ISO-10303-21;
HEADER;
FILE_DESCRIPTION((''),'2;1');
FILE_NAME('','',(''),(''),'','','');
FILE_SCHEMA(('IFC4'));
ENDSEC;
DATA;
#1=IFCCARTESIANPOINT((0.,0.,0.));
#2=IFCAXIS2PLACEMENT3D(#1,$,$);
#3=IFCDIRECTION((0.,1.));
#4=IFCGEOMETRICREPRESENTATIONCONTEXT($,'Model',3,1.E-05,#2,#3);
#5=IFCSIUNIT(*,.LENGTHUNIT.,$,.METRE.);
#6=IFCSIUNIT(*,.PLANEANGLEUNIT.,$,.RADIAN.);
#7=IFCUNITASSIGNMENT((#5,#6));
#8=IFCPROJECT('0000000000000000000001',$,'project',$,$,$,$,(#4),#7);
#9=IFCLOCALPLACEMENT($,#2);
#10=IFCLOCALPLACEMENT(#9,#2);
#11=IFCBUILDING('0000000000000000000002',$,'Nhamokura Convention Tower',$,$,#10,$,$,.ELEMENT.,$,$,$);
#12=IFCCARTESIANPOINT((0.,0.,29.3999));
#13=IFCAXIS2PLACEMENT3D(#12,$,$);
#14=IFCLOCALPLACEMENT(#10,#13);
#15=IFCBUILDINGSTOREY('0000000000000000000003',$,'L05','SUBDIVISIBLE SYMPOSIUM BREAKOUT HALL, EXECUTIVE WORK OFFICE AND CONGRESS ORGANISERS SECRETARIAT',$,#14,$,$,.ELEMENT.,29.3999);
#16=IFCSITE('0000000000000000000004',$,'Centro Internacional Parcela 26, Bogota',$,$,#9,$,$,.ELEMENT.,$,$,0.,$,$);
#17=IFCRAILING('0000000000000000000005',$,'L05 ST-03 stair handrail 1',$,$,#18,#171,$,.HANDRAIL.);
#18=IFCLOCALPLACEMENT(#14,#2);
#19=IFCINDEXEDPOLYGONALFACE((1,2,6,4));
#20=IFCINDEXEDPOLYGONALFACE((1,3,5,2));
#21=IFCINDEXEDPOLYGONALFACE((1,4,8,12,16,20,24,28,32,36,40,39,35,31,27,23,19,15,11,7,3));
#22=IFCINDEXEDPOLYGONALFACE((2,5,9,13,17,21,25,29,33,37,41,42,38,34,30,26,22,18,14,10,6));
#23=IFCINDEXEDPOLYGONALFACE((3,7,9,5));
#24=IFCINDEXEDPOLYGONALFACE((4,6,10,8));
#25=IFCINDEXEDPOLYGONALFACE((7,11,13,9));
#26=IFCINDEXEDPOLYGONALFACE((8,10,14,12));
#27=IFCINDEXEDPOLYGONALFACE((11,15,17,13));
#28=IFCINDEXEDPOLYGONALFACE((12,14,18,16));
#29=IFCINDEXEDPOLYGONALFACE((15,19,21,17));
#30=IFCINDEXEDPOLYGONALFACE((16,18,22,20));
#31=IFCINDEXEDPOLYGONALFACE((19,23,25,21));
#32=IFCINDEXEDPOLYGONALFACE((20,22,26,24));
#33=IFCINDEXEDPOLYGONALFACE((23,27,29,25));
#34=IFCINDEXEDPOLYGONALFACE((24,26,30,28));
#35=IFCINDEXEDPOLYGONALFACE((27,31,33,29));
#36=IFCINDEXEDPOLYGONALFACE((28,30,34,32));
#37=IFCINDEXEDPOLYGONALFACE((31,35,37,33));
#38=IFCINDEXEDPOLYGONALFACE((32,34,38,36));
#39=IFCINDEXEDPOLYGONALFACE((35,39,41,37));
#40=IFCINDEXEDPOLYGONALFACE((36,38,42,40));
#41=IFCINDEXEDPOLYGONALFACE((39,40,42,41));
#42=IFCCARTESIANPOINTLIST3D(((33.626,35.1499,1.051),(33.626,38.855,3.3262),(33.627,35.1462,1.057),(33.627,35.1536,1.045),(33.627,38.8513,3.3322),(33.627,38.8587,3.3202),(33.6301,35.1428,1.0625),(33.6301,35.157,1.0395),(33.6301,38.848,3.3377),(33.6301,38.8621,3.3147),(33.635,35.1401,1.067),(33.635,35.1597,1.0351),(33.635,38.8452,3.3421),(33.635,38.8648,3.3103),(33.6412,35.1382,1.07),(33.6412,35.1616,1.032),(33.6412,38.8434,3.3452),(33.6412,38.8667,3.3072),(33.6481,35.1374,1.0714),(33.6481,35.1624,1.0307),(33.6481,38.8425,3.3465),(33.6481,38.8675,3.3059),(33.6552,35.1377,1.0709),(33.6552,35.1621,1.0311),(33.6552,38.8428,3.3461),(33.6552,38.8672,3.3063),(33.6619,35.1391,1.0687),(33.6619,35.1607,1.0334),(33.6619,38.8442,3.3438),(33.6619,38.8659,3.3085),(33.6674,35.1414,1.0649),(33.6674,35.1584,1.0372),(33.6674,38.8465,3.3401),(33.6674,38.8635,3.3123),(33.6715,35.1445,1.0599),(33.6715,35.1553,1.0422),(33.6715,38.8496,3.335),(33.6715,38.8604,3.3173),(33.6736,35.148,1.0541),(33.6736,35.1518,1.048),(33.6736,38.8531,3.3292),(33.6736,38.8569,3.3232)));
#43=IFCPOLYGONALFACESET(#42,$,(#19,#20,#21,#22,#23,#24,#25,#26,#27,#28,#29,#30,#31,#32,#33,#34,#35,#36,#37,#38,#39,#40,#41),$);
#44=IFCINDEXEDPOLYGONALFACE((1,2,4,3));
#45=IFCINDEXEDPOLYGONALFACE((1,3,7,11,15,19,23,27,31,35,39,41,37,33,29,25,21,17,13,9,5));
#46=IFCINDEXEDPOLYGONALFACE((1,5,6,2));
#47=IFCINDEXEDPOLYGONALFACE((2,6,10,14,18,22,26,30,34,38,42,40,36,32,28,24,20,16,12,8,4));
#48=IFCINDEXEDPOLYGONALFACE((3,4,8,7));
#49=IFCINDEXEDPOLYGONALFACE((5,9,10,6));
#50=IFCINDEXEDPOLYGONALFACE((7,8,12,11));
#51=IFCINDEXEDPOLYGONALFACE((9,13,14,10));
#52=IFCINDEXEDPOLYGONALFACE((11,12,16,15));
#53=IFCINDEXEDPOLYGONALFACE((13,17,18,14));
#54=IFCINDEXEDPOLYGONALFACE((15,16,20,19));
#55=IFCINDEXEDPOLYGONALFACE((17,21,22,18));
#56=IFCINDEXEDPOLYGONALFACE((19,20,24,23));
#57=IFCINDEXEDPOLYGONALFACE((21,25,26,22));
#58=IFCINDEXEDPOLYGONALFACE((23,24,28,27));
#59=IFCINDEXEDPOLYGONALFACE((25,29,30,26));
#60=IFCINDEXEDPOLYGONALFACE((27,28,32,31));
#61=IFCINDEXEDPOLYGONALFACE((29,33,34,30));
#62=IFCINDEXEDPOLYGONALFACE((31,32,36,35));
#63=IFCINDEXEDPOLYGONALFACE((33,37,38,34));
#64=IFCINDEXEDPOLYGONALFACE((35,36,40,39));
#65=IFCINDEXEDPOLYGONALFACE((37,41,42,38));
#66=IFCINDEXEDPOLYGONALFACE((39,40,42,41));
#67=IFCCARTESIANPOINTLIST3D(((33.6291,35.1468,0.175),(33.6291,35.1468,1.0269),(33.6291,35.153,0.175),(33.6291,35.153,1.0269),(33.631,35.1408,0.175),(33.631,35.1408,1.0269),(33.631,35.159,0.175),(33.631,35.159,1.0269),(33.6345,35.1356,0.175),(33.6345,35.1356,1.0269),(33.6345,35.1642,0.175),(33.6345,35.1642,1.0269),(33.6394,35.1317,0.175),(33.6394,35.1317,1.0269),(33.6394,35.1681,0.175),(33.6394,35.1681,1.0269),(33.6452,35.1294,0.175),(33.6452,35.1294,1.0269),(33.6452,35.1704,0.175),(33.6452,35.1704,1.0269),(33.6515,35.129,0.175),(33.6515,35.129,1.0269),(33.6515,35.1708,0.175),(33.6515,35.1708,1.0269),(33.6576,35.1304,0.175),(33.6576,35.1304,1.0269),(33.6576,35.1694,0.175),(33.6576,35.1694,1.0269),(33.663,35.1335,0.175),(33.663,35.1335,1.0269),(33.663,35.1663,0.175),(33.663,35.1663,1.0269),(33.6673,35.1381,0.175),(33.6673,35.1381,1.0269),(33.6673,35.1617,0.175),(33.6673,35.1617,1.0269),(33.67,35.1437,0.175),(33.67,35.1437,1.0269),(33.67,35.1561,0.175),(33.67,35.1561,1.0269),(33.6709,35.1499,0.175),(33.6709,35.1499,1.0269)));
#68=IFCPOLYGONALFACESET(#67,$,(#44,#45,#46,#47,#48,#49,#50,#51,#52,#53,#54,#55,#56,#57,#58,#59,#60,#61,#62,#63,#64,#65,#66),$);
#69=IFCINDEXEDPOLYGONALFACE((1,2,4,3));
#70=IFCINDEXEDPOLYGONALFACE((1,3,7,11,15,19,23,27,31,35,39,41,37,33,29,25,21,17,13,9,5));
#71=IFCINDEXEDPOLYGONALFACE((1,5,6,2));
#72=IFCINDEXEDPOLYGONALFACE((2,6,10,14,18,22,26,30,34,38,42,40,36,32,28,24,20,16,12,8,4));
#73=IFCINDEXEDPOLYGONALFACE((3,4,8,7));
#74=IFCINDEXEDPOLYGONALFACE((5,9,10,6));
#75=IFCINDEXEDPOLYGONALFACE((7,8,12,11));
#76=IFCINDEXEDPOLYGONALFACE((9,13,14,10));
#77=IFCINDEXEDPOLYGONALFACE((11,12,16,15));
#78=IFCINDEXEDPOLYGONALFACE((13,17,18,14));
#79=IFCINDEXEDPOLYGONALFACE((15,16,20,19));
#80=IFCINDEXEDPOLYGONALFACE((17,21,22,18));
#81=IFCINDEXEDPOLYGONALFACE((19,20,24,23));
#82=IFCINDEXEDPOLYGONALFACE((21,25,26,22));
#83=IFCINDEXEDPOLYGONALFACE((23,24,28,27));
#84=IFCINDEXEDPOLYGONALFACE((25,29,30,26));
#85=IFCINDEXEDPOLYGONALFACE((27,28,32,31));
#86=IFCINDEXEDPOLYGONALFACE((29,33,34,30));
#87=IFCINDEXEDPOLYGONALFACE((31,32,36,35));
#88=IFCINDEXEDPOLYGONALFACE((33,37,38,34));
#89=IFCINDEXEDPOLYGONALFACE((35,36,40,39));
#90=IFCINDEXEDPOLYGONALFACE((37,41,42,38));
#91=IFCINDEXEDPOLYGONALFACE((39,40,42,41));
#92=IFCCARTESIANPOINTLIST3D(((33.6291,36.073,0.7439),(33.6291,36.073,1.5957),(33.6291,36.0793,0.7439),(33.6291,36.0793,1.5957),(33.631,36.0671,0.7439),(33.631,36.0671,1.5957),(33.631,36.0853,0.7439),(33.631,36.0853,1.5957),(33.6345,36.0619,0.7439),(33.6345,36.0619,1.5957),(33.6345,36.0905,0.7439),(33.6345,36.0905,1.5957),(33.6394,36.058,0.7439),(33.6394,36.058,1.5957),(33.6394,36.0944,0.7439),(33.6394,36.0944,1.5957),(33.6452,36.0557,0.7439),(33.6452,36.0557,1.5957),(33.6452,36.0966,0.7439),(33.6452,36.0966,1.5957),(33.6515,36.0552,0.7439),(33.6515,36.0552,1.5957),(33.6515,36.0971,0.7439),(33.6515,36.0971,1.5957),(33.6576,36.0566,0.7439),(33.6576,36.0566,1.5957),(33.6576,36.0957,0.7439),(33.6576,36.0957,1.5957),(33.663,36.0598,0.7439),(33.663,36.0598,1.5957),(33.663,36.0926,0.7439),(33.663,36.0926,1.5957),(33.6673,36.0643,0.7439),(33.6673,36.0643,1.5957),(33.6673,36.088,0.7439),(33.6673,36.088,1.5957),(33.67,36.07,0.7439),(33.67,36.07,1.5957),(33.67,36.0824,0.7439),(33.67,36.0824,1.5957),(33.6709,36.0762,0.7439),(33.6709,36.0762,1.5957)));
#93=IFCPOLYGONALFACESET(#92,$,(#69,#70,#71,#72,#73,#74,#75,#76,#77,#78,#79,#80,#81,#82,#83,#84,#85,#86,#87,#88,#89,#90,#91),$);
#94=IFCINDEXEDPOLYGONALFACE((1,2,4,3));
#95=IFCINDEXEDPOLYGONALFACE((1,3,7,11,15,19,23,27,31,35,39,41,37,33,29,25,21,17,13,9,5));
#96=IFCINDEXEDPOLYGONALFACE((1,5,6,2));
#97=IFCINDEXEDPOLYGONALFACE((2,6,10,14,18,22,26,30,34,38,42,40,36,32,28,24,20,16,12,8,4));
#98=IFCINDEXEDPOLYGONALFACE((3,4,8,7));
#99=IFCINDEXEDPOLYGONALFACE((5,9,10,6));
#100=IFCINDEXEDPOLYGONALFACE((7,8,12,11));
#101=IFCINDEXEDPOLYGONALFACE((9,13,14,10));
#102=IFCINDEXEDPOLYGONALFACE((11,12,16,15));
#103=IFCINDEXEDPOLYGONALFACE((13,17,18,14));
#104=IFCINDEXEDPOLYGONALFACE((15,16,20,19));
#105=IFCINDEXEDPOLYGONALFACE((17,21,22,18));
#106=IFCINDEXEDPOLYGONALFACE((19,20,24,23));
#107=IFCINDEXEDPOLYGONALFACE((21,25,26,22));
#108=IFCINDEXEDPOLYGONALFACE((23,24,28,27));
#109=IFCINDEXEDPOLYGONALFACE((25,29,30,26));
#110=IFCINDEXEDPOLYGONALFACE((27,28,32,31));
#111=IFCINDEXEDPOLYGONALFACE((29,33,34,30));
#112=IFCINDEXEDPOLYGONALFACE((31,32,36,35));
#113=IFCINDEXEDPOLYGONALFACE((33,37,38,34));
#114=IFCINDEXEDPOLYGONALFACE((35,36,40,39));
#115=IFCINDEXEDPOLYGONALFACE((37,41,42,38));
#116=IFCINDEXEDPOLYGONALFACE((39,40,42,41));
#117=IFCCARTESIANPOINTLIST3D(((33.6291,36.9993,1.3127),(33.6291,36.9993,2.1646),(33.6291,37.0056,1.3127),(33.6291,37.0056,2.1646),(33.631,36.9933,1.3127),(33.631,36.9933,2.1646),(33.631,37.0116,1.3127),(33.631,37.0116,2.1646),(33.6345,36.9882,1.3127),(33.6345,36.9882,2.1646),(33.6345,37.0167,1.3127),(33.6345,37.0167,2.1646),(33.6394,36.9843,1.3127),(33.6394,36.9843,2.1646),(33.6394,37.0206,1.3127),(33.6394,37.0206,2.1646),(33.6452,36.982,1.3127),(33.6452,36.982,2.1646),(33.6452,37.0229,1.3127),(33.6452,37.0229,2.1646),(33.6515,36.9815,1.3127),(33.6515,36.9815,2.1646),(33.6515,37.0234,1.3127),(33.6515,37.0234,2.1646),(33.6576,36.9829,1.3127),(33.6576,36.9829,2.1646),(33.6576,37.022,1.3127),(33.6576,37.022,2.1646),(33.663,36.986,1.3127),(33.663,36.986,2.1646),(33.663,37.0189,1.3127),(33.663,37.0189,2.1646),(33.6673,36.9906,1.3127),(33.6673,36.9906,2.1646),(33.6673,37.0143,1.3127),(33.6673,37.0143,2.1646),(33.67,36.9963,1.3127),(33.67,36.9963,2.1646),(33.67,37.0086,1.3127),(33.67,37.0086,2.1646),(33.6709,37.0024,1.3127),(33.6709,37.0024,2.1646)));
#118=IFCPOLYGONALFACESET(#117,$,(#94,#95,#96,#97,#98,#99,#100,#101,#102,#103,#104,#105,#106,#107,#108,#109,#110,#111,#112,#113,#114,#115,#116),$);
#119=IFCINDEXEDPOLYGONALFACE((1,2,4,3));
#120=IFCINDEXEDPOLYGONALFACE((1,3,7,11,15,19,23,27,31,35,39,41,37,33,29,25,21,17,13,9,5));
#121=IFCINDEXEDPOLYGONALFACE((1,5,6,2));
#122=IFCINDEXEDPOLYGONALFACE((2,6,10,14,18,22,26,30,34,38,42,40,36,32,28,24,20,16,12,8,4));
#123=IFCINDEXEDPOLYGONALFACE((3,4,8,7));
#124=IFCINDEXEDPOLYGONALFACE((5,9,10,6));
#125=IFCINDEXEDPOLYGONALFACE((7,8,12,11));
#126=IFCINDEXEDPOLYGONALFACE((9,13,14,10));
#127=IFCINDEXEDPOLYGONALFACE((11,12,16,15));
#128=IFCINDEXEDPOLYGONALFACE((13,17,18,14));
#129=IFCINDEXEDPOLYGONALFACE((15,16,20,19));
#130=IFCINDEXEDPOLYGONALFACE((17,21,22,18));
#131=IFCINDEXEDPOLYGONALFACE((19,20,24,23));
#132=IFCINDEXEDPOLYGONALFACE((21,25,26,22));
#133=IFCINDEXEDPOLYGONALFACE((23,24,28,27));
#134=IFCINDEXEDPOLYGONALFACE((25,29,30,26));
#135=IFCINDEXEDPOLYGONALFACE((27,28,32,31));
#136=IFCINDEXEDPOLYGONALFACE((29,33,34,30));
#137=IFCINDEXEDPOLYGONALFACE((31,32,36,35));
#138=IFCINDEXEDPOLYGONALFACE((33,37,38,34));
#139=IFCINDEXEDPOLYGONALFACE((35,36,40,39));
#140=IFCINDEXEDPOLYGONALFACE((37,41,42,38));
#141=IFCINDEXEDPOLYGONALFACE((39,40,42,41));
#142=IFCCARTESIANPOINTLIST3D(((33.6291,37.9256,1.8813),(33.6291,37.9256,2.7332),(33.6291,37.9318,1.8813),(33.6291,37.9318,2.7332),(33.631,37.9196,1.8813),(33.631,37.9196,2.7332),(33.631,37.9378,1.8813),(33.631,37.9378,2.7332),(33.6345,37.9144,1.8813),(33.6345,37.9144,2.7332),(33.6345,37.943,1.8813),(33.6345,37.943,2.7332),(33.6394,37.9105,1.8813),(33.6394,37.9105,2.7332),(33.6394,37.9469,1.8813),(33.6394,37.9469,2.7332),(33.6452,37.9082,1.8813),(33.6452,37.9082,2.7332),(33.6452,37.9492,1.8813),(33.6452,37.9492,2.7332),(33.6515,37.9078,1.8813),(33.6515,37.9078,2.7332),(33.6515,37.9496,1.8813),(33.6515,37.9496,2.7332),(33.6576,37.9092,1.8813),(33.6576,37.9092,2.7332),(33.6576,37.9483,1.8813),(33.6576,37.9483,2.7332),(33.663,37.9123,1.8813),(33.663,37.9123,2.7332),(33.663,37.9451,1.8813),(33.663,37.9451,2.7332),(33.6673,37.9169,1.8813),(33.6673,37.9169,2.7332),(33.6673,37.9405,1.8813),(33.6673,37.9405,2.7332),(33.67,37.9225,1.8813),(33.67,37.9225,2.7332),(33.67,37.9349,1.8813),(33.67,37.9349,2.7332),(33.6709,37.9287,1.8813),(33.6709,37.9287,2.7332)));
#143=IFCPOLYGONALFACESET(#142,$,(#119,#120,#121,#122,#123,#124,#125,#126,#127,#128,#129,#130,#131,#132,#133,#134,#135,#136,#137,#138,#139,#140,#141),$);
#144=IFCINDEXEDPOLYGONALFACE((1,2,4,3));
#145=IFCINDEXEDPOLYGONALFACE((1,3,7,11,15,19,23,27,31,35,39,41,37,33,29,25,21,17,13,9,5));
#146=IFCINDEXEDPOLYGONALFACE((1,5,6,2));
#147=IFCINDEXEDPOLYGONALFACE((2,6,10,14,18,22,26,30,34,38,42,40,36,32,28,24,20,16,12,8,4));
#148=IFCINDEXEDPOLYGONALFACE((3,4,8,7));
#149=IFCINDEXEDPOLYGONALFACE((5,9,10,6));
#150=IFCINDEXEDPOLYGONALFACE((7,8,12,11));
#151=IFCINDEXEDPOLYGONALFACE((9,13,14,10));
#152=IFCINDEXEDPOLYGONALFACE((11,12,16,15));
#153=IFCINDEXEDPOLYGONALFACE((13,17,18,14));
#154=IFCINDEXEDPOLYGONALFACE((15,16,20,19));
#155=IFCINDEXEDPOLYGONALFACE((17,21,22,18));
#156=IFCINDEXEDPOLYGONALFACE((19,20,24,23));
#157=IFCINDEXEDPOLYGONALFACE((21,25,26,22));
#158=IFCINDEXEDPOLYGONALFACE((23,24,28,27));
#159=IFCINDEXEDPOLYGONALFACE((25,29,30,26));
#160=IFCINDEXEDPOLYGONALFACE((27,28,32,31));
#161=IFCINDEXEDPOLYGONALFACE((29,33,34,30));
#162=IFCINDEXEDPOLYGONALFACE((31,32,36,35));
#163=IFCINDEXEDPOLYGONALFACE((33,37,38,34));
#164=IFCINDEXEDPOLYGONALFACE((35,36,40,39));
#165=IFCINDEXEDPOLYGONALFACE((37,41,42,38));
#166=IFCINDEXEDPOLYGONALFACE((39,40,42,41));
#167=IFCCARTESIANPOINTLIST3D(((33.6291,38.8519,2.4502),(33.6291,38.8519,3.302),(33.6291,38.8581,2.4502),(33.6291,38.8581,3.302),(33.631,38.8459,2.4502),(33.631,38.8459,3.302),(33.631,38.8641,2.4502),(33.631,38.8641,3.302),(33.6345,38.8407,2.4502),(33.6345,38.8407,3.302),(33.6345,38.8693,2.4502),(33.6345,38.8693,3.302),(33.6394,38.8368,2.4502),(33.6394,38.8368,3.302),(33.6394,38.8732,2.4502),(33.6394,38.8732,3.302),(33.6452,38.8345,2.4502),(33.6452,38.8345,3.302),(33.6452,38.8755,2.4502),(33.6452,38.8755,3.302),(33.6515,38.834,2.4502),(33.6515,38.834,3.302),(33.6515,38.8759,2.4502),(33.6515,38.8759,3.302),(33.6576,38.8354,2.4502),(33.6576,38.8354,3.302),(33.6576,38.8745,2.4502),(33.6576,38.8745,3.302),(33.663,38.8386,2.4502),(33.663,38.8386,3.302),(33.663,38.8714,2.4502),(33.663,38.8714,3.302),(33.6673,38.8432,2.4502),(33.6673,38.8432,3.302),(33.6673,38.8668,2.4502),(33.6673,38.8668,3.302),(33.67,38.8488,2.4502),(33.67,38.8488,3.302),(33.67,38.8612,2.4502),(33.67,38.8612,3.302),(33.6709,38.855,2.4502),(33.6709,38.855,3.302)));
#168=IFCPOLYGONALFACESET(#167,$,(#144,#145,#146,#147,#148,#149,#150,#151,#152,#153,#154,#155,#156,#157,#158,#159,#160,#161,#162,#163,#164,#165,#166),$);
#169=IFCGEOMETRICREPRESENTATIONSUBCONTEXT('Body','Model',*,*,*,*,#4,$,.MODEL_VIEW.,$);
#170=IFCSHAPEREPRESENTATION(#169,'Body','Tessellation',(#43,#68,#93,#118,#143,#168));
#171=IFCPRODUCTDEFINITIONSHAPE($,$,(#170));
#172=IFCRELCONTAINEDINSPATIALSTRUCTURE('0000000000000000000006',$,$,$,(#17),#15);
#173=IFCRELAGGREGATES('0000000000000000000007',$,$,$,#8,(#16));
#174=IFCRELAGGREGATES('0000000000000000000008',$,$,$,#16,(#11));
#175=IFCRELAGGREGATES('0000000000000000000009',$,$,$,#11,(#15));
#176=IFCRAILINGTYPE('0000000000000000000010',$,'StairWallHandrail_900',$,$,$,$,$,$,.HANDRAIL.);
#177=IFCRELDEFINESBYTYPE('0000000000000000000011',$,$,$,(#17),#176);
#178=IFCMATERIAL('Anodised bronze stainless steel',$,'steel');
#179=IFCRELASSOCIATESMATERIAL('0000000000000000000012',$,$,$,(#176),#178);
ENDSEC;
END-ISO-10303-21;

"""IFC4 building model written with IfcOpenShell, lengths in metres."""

from ifc_helpers import new_model, si_unit, direction, frame, origin, origin_2d, place, context, subcontext, project, spatial, circle, extrude, material, type_object, element, save


model = new_model("IFC4")

# Units and contexts
model_context = context("Model", 3, precision=1e-05, world=origin(), true_north=direction((0.0, 1.0)))
body_context = subcontext(model_context, "Body", "Model", "MODEL_VIEW")
ifc_project = project(units=[si_unit("LENGTHUNIT", "METRE"), si_unit("PLANEANGLEUNIT", "RADIAN")], contexts=[model_context])

# Site, building, storey
site_placement = place(None, origin())
site = spatial("IfcSite", under=ifc_project, at=site_placement, Name="Centro Internacional Parcela 26, Bogota", CompositionType="ELEMENT", RefElevation=0.0)
building_placement = place(site_placement, origin())
building = spatial("IfcBuilding", under=site, at=building_placement, Name="Nhamokura Convention Tower", CompositionType="ELEMENT")
storey_placement = place(building_placement, frame((0.0, 0.0, 29.3999)))
storey = spatial("IfcBuildingStorey", under=building, at=storey_placement, Name="L05", Description="SUBDIVISIBLE SYMPOSIUM BREAKOUT HALL, EXECUTIVE WORK OFFICE AND CONGRESS ORGANISERS SECRETARIAT", CompositionType="ELEMENT", Elevation=29.3999)

# Railing
ifc_material_1 = material(Name="Anodised bronze stainless steel", Category="steel")
railing_type_1 = type_object("IfcRailingType", Name="StairWallHandrail_900", PredefinedType="HANDRAIL", material=ifc_material_1)
railing_1_placement = place(storey_placement, frame((33.6499, 35.1499, 0.175)))
element("IfcRailing", 1, at=railing_1_placement, inside=storey, type_object=railing_type_1, Name="L05 ST-03 stair handrail 1", PredefinedType="HANDRAIL", context=body_context, shape_type="SweptSolid", body=[
    extrude(circle(Radius=0.0239, at=origin_2d()), frame((0.0, 0.0, 0.876), z_axis=(0.0, 0.852161, 0.523279), x_axis=(-1.0, 0.0, 0.0)), (0.0, 0.0, 1.0), 4.3479),
    extrude(circle(Radius=0.021, at=origin_2d()), origin(), (0.0, 0.0, 1.0), 0.8518),
    extrude(circle(Radius=0.021, at=origin_2d()), frame((0.0, 0.9263, 0.5688)), (0.0, 0.0, 1.0), 0.8518),
    extrude(circle(Radius=0.021, at=origin_2d()), frame((0.0, 1.8525, 1.1377)), (0.0, 0.0, 1.0), 0.8518),
    extrude(circle(Radius=0.021, at=origin_2d()), frame((0.0, 2.7788, 1.7063)), (0.0, 0.0, 1.0), 0.8518),
    extrude(circle(Radius=0.021, at=origin_2d()), frame((0.0, 3.7051, 2.2751)), (0.0, 0.0, 1.0), 0.8518),
])

save(model, "model.ifc")
